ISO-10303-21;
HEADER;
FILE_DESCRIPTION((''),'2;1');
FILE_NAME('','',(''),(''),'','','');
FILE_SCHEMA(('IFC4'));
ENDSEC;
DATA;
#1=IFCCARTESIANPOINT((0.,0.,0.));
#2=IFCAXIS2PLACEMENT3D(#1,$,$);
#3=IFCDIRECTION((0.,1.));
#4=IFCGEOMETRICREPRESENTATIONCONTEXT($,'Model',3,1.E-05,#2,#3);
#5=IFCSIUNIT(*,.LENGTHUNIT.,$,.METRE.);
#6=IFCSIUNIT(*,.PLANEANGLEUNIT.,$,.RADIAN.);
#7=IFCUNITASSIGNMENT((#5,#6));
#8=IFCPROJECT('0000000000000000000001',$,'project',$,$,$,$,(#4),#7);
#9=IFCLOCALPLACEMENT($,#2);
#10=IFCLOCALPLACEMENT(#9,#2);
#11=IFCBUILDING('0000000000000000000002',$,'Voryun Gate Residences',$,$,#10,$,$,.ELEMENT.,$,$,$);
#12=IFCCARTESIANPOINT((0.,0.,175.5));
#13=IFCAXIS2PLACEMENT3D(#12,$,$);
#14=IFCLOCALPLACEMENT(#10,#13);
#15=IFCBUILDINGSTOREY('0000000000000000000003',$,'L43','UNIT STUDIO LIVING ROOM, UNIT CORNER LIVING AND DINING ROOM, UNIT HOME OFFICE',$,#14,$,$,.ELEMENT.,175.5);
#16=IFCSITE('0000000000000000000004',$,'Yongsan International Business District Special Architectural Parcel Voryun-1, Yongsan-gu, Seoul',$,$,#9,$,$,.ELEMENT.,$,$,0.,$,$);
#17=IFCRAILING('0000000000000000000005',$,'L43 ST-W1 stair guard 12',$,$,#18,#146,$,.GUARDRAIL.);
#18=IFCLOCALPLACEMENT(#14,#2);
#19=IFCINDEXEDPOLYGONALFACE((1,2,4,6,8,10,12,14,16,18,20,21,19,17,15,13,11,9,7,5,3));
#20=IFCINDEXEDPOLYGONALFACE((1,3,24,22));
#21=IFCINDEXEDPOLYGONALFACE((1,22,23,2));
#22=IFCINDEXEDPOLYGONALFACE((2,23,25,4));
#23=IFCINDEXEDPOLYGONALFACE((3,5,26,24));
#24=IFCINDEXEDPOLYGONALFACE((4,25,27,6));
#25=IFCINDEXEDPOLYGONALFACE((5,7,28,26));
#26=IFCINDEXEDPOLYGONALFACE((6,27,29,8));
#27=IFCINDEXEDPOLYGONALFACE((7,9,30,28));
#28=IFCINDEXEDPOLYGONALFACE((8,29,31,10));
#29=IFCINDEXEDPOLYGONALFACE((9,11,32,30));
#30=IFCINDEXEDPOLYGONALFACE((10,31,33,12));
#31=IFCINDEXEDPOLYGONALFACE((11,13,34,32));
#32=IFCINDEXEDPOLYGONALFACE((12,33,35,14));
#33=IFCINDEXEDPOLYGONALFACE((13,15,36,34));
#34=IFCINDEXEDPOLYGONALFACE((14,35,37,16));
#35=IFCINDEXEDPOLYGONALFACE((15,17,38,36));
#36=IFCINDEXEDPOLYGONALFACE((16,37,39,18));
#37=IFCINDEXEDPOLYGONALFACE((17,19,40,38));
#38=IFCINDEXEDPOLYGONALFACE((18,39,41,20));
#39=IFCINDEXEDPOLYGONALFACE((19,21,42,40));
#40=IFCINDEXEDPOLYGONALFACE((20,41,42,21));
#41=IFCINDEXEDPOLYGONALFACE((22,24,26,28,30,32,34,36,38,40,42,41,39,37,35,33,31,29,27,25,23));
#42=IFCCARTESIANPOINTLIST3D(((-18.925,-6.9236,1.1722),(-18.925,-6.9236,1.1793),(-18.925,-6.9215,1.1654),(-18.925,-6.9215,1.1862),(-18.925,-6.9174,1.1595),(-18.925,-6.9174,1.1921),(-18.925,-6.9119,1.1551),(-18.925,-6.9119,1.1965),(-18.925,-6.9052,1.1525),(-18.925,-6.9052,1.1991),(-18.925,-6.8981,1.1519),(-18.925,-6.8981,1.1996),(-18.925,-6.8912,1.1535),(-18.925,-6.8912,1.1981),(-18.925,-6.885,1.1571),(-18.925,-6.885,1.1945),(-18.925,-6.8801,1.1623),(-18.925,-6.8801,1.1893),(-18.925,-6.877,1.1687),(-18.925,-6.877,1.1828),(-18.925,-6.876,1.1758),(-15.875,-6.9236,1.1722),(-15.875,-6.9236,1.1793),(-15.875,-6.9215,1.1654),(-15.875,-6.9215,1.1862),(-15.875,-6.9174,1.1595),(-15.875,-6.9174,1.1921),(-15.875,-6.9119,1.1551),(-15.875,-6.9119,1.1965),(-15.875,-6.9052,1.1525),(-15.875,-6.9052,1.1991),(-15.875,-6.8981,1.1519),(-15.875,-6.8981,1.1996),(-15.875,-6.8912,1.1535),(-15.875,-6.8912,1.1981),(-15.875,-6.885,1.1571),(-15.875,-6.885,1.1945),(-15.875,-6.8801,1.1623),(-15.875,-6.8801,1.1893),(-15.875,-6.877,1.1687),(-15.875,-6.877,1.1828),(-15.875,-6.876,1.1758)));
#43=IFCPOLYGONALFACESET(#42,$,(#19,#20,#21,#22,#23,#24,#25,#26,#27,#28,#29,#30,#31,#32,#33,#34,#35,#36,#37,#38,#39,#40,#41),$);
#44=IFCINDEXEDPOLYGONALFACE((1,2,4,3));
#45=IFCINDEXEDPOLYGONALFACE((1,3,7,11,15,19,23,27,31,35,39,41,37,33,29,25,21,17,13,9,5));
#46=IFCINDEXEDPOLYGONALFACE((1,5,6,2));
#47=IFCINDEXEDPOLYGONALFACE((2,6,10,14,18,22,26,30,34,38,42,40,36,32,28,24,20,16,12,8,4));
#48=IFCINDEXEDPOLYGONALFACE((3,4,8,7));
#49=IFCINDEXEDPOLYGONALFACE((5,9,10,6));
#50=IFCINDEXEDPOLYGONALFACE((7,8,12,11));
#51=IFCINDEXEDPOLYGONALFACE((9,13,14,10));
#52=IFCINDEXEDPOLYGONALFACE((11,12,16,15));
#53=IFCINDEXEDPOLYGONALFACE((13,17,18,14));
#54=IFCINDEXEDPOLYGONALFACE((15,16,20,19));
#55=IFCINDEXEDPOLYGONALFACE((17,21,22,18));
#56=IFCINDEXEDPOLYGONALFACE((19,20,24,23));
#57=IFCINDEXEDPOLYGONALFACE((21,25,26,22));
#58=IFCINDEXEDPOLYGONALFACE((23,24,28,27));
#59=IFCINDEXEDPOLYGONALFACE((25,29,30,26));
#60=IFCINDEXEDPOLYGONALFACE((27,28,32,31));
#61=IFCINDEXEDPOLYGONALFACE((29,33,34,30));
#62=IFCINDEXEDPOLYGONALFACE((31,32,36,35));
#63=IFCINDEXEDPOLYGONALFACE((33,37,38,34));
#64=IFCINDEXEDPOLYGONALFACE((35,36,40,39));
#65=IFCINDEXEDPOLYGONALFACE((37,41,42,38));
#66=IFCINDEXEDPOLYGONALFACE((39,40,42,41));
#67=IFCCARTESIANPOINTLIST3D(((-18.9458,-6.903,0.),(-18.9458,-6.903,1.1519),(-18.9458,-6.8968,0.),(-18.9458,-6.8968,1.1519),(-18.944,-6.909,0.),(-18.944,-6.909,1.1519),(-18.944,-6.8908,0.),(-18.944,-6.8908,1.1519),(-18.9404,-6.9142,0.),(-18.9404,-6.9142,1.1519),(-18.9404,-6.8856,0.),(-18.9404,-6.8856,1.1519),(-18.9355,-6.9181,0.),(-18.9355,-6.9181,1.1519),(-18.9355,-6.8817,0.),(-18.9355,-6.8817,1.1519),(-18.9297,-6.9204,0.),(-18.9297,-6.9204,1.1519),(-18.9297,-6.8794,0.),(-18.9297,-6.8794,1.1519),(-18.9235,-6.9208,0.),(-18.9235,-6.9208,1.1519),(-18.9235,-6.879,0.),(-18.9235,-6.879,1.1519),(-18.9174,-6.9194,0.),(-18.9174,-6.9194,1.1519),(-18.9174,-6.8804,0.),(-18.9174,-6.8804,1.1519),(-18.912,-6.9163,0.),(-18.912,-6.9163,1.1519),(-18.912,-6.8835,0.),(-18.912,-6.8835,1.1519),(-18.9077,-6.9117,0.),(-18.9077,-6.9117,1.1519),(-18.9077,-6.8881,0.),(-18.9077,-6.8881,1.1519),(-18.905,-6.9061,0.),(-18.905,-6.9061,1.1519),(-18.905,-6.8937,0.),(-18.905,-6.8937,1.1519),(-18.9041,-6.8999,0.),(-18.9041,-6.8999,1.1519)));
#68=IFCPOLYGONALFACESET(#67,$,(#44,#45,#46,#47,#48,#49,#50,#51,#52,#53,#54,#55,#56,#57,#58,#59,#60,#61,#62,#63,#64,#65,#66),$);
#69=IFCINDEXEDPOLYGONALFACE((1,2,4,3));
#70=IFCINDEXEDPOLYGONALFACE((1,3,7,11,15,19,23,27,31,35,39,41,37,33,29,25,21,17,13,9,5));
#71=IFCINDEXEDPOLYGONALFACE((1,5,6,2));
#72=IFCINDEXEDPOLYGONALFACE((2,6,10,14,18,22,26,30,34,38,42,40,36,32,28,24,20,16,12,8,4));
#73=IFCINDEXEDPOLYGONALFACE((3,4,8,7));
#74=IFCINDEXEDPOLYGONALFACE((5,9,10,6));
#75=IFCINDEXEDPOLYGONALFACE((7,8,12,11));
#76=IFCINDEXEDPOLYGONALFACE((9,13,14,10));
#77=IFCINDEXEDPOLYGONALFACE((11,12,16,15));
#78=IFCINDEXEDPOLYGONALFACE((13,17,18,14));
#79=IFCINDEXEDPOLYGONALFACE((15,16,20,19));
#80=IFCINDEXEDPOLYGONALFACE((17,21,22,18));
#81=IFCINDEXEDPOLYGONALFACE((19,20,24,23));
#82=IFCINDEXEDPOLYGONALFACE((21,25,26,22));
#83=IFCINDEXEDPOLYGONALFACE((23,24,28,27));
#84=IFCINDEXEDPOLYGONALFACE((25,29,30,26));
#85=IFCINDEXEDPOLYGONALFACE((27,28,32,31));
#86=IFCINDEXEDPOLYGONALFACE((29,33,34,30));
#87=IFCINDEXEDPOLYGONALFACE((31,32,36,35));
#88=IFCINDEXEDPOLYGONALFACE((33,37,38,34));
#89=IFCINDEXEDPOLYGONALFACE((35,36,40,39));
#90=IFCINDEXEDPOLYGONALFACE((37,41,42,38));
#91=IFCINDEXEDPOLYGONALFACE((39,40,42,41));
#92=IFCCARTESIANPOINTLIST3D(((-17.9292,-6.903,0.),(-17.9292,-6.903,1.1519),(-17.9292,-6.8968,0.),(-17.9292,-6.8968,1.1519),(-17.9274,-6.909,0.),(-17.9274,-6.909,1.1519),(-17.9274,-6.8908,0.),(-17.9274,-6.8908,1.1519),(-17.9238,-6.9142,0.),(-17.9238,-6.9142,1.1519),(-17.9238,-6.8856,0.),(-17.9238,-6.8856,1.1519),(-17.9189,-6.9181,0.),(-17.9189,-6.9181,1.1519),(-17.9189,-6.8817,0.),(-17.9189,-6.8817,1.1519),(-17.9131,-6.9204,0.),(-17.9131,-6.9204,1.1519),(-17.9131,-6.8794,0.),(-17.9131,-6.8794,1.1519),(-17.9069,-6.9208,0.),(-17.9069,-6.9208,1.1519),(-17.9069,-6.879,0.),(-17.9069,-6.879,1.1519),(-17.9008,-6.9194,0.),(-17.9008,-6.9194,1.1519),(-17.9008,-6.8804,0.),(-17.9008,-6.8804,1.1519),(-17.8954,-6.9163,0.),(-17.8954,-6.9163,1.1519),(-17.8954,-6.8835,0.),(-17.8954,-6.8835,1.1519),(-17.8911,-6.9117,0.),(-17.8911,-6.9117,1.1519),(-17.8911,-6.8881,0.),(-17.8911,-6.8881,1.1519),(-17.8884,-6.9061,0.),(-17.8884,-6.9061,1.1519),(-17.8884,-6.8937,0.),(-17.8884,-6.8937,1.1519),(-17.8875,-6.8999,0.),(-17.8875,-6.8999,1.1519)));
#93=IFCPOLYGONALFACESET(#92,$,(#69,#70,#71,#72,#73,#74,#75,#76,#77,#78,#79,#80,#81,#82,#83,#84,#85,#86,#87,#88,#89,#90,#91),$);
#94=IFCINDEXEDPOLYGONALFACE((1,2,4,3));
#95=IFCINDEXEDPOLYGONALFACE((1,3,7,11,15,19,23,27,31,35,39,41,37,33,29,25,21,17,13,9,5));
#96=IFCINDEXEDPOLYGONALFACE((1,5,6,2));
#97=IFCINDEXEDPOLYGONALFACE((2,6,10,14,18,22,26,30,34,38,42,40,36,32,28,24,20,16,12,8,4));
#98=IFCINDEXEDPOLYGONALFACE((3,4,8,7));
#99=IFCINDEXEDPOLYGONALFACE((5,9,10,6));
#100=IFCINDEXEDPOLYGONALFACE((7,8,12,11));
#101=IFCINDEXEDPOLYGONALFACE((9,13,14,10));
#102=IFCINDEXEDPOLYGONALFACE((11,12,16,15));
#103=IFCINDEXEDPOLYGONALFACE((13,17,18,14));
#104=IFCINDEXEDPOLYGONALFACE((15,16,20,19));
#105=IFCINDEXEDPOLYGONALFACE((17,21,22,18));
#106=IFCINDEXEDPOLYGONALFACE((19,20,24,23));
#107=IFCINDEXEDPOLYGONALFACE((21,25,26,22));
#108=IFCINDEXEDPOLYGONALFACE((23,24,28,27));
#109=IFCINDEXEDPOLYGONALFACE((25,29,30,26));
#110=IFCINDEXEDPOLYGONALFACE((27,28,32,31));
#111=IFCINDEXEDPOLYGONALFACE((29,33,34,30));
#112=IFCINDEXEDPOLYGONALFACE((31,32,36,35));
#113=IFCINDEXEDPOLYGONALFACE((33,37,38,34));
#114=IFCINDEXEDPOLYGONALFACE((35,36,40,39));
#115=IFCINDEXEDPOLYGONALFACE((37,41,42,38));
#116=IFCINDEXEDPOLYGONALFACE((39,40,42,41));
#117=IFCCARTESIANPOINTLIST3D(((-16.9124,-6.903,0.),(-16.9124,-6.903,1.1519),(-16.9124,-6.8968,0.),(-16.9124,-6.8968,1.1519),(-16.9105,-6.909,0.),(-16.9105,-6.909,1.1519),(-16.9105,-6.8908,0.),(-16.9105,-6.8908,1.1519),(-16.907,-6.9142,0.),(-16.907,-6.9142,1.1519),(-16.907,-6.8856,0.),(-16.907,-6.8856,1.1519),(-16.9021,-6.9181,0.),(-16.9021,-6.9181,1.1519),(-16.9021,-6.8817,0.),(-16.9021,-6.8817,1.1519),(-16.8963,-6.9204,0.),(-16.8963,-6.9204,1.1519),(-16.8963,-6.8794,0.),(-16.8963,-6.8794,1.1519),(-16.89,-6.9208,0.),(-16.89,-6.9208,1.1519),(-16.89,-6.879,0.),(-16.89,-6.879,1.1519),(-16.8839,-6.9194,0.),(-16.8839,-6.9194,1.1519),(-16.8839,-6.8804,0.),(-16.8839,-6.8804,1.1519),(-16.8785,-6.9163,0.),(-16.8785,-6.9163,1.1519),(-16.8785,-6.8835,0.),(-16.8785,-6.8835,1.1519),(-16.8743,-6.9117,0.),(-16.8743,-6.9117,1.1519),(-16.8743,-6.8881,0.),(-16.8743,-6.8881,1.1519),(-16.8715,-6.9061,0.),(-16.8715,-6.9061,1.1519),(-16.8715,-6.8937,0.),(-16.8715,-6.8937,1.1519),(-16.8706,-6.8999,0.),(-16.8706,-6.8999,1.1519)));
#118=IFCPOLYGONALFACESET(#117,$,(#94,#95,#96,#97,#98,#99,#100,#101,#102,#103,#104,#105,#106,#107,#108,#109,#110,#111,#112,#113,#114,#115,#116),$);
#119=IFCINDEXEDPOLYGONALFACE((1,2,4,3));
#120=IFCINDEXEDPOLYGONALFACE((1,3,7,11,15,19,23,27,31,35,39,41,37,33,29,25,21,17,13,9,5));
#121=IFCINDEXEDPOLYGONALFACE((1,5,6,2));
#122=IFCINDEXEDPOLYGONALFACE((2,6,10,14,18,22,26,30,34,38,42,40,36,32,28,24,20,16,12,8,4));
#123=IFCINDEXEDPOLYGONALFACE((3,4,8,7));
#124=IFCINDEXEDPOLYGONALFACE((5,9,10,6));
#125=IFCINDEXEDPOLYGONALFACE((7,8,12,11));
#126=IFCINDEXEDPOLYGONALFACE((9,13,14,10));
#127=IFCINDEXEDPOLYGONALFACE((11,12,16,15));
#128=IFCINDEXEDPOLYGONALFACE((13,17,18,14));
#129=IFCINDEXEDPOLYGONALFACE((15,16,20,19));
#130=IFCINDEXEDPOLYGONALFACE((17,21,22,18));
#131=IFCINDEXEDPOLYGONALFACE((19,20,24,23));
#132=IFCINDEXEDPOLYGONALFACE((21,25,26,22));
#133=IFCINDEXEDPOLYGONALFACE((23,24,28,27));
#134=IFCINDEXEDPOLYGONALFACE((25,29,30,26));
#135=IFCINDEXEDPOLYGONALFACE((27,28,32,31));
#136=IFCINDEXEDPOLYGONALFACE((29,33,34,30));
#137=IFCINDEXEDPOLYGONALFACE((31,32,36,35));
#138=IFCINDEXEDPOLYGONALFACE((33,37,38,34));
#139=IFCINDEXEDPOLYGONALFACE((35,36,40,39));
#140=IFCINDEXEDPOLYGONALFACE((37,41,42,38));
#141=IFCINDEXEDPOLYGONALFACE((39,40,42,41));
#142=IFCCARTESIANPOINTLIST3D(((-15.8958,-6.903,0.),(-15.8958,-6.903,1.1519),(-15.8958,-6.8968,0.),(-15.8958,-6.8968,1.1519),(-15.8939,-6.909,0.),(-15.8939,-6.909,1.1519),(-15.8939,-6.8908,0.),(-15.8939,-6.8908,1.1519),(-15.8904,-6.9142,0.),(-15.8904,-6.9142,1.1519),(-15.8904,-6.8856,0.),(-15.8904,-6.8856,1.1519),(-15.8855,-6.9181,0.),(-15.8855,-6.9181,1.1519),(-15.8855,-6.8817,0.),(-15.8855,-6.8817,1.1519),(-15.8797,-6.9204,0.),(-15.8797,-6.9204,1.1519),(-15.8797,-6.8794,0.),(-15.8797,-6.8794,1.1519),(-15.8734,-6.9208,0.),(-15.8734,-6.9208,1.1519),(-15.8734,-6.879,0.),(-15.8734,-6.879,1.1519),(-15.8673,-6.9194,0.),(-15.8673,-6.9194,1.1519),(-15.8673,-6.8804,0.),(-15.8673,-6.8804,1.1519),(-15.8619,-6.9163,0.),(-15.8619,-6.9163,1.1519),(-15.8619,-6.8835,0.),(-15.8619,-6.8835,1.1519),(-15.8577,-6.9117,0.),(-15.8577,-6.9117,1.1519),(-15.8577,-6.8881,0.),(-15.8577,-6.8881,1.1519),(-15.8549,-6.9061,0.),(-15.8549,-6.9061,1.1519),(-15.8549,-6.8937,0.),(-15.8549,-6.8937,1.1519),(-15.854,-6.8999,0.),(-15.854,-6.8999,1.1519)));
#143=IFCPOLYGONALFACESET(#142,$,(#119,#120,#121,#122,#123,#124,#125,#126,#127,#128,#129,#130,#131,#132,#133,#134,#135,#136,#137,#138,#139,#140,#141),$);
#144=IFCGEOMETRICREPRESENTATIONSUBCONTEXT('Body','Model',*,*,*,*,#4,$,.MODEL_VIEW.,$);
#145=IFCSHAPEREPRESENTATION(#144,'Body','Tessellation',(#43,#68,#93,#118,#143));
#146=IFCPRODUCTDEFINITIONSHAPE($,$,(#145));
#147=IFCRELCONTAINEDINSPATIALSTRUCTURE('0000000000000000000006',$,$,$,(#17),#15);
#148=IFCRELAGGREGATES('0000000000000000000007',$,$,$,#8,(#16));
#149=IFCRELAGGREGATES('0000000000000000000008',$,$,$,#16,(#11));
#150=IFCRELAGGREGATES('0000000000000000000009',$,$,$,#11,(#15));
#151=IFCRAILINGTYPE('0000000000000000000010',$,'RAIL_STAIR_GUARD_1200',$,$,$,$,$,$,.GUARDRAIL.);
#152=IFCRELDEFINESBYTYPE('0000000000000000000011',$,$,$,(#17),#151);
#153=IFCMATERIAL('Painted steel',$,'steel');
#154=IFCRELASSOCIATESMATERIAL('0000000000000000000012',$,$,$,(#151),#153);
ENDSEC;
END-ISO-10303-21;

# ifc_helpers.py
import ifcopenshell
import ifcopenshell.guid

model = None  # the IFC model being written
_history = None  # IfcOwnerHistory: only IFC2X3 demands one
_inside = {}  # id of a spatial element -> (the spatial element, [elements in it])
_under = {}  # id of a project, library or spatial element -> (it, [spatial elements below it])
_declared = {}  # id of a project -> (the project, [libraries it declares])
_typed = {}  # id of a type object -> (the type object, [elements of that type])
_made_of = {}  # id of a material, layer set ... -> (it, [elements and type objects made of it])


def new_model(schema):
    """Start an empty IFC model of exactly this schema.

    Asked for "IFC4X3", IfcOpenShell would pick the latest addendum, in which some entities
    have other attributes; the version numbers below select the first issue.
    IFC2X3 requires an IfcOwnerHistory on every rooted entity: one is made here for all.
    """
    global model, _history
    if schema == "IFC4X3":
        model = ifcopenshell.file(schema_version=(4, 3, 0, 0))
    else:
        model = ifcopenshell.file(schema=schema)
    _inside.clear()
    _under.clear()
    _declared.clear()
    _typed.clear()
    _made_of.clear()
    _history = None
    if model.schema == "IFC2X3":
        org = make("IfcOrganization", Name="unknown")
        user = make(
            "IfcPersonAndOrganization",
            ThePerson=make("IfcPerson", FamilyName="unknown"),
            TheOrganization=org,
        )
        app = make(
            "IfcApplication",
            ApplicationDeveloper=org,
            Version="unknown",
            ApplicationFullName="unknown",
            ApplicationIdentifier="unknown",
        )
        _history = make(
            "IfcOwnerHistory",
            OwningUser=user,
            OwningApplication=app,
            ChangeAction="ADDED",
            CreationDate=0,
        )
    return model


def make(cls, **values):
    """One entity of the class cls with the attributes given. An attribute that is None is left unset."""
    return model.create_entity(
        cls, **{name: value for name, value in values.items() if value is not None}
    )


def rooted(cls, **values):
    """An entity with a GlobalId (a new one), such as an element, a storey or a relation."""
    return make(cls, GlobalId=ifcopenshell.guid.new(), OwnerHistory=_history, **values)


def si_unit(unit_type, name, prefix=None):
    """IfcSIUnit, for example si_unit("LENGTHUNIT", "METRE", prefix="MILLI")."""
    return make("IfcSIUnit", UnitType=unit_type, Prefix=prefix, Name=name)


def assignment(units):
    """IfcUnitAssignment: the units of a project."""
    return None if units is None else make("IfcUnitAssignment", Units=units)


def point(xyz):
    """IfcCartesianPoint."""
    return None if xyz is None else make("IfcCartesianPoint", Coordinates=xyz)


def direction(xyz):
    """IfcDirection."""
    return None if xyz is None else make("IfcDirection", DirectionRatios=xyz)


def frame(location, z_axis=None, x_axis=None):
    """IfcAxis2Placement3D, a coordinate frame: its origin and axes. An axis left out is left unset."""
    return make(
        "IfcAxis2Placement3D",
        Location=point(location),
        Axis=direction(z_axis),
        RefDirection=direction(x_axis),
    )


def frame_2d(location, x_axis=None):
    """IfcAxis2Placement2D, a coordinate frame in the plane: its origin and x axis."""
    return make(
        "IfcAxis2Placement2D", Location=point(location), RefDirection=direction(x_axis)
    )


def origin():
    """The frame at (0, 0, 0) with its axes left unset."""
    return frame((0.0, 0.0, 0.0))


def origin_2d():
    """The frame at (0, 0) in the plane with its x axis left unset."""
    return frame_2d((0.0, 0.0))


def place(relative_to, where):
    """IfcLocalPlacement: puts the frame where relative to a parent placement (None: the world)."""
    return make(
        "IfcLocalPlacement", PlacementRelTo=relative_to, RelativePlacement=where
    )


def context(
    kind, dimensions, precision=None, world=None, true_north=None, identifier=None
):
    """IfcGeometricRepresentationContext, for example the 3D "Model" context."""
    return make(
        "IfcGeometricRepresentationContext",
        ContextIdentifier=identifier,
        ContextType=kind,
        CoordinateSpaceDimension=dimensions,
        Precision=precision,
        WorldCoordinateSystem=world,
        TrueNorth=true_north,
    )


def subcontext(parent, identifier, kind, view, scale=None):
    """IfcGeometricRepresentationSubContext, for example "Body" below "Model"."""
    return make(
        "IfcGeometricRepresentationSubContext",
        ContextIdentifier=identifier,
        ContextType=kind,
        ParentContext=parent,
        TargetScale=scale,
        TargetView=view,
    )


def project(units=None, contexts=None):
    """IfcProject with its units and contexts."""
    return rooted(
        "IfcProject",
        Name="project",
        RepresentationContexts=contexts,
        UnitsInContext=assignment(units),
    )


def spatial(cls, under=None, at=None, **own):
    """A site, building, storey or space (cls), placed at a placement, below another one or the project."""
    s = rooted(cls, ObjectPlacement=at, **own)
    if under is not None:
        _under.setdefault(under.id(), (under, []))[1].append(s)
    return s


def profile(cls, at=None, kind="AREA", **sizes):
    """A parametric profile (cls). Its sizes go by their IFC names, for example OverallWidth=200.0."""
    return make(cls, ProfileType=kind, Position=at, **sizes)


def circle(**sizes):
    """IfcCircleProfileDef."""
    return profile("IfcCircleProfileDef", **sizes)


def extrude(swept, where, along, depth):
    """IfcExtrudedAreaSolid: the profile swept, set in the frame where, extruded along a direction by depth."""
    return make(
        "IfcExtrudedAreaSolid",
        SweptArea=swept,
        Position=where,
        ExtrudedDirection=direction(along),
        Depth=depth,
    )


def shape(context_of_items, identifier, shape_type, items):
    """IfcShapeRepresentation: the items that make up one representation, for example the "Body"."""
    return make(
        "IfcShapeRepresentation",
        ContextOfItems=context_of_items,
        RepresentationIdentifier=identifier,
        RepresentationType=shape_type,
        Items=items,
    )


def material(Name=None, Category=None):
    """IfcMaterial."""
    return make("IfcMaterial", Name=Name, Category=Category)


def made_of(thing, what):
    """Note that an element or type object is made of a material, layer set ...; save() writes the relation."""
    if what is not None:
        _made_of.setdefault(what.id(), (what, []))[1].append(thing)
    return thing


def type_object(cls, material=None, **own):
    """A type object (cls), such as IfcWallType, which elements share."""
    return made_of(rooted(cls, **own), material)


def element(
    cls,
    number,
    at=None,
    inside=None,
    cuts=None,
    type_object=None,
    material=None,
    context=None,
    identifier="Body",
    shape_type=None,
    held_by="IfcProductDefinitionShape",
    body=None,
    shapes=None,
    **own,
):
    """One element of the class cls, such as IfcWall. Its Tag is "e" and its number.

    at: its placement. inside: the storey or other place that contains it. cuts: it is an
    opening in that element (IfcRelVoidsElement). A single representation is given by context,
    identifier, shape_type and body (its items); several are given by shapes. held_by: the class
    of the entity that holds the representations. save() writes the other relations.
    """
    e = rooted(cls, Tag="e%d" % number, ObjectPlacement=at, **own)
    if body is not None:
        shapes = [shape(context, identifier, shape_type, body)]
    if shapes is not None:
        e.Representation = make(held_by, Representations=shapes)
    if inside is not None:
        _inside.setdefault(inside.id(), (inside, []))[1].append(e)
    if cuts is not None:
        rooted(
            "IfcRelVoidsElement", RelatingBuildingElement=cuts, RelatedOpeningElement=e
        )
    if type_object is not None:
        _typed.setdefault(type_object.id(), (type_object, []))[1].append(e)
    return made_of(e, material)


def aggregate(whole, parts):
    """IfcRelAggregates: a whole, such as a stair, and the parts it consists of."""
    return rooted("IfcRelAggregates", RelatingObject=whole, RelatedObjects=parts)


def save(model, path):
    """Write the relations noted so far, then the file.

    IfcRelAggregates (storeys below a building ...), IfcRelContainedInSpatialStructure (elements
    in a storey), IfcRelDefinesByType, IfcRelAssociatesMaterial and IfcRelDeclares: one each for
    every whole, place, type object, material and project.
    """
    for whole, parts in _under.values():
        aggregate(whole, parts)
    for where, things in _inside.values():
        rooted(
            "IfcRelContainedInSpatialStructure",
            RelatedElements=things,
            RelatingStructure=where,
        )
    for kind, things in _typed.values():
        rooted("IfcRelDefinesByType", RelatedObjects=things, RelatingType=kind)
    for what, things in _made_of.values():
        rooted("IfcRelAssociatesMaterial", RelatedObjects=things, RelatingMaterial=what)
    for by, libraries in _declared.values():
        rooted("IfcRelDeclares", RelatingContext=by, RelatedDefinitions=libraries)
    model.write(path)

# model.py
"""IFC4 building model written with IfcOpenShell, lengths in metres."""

from ifc_helpers import new_model, si_unit, direction, frame, origin, origin_2d, place, context, subcontext, project, spatial, circle, extrude, material, type_object, element, save


model = new_model("IFC4")

# Units and contexts
model_context = context("Model", 3, precision=1e-05, world=origin(), true_north=direction((0.0, 1.0)))
body_context = subcontext(model_context, "Body", "Model", "MODEL_VIEW")
ifc_project = project(units=[si_unit("LENGTHUNIT", "METRE"), si_unit("PLANEANGLEUNIT", "RADIAN")], contexts=[model_context])

# Site, building, storey
site_placement = place(None, origin())
site = spatial("IfcSite", under=ifc_project, at=site_placement, Name="Yongsan International Business District Special Architectural Parcel Voryun-1, Yongsan-gu, Seoul", CompositionType="ELEMENT", RefElevation=0.0)
building_placement = place(site_placement, origin())
building = spatial("IfcBuilding", under=site, at=building_placement, Name="Voryun Gate Residences", CompositionType="ELEMENT")
storey_placement = place(building_placement, frame((0.0, 0.0, 175.5)))
storey = spatial("IfcBuildingStorey", under=building, at=storey_placement, Name="L43", Description="UNIT STUDIO LIVING ROOM, UNIT CORNER LIVING AND DINING ROOM, UNIT HOME OFFICE", CompositionType="ELEMENT", Elevation=175.5)

# Railing
ifc_material_1 = material(Name="Painted steel", Category="steel")
railing_type_1 = type_object("IfcRailingType", Name="RAIL_STAIR_GUARD_1200", PredefinedType="GUARDRAIL", material=ifc_material_1)
railing_1_placement = place(storey_placement, frame((-18.925, -6.8999, 0.0)))
element("IfcRailing", 1, at=railing_1_placement, inside=storey, type_object=railing_type_1, Name="L43 ST-W1 stair guard 12", PredefinedType="GUARDRAIL", context=body_context, shape_type="SweptSolid", body=[
    extrude(circle(Radius=0.0239, at=origin_2d()), frame((0.0, 0.0, 1.1758), z_axis=(1.0, 0.0, 0.0), x_axis=(0.0, 1.0, 0.0)), (0.0, 0.0, 1.0), 3.05),
    extrude(circle(Radius=0.021, at=origin_2d()), origin(), (0.0, 0.0, 1.0), 1.1519),
    extrude(circle(Radius=0.021, at=origin_2d()), frame((1.0166, 0.0, 0.0)), (0.0, 0.0, 1.0), 1.1519),
    extrude(circle(Radius=0.021, at=origin_2d()), frame((2.0334, 0.0, 0.0)), (0.0, 0.0, 1.0), 1.1519),
    extrude(circle(Radius=0.021, at=origin_2d()), frame((3.05, 0.0, 0.0)), (0.0, 0.0, 1.0), 1.1519),
])

save(model, "model.ifc")
